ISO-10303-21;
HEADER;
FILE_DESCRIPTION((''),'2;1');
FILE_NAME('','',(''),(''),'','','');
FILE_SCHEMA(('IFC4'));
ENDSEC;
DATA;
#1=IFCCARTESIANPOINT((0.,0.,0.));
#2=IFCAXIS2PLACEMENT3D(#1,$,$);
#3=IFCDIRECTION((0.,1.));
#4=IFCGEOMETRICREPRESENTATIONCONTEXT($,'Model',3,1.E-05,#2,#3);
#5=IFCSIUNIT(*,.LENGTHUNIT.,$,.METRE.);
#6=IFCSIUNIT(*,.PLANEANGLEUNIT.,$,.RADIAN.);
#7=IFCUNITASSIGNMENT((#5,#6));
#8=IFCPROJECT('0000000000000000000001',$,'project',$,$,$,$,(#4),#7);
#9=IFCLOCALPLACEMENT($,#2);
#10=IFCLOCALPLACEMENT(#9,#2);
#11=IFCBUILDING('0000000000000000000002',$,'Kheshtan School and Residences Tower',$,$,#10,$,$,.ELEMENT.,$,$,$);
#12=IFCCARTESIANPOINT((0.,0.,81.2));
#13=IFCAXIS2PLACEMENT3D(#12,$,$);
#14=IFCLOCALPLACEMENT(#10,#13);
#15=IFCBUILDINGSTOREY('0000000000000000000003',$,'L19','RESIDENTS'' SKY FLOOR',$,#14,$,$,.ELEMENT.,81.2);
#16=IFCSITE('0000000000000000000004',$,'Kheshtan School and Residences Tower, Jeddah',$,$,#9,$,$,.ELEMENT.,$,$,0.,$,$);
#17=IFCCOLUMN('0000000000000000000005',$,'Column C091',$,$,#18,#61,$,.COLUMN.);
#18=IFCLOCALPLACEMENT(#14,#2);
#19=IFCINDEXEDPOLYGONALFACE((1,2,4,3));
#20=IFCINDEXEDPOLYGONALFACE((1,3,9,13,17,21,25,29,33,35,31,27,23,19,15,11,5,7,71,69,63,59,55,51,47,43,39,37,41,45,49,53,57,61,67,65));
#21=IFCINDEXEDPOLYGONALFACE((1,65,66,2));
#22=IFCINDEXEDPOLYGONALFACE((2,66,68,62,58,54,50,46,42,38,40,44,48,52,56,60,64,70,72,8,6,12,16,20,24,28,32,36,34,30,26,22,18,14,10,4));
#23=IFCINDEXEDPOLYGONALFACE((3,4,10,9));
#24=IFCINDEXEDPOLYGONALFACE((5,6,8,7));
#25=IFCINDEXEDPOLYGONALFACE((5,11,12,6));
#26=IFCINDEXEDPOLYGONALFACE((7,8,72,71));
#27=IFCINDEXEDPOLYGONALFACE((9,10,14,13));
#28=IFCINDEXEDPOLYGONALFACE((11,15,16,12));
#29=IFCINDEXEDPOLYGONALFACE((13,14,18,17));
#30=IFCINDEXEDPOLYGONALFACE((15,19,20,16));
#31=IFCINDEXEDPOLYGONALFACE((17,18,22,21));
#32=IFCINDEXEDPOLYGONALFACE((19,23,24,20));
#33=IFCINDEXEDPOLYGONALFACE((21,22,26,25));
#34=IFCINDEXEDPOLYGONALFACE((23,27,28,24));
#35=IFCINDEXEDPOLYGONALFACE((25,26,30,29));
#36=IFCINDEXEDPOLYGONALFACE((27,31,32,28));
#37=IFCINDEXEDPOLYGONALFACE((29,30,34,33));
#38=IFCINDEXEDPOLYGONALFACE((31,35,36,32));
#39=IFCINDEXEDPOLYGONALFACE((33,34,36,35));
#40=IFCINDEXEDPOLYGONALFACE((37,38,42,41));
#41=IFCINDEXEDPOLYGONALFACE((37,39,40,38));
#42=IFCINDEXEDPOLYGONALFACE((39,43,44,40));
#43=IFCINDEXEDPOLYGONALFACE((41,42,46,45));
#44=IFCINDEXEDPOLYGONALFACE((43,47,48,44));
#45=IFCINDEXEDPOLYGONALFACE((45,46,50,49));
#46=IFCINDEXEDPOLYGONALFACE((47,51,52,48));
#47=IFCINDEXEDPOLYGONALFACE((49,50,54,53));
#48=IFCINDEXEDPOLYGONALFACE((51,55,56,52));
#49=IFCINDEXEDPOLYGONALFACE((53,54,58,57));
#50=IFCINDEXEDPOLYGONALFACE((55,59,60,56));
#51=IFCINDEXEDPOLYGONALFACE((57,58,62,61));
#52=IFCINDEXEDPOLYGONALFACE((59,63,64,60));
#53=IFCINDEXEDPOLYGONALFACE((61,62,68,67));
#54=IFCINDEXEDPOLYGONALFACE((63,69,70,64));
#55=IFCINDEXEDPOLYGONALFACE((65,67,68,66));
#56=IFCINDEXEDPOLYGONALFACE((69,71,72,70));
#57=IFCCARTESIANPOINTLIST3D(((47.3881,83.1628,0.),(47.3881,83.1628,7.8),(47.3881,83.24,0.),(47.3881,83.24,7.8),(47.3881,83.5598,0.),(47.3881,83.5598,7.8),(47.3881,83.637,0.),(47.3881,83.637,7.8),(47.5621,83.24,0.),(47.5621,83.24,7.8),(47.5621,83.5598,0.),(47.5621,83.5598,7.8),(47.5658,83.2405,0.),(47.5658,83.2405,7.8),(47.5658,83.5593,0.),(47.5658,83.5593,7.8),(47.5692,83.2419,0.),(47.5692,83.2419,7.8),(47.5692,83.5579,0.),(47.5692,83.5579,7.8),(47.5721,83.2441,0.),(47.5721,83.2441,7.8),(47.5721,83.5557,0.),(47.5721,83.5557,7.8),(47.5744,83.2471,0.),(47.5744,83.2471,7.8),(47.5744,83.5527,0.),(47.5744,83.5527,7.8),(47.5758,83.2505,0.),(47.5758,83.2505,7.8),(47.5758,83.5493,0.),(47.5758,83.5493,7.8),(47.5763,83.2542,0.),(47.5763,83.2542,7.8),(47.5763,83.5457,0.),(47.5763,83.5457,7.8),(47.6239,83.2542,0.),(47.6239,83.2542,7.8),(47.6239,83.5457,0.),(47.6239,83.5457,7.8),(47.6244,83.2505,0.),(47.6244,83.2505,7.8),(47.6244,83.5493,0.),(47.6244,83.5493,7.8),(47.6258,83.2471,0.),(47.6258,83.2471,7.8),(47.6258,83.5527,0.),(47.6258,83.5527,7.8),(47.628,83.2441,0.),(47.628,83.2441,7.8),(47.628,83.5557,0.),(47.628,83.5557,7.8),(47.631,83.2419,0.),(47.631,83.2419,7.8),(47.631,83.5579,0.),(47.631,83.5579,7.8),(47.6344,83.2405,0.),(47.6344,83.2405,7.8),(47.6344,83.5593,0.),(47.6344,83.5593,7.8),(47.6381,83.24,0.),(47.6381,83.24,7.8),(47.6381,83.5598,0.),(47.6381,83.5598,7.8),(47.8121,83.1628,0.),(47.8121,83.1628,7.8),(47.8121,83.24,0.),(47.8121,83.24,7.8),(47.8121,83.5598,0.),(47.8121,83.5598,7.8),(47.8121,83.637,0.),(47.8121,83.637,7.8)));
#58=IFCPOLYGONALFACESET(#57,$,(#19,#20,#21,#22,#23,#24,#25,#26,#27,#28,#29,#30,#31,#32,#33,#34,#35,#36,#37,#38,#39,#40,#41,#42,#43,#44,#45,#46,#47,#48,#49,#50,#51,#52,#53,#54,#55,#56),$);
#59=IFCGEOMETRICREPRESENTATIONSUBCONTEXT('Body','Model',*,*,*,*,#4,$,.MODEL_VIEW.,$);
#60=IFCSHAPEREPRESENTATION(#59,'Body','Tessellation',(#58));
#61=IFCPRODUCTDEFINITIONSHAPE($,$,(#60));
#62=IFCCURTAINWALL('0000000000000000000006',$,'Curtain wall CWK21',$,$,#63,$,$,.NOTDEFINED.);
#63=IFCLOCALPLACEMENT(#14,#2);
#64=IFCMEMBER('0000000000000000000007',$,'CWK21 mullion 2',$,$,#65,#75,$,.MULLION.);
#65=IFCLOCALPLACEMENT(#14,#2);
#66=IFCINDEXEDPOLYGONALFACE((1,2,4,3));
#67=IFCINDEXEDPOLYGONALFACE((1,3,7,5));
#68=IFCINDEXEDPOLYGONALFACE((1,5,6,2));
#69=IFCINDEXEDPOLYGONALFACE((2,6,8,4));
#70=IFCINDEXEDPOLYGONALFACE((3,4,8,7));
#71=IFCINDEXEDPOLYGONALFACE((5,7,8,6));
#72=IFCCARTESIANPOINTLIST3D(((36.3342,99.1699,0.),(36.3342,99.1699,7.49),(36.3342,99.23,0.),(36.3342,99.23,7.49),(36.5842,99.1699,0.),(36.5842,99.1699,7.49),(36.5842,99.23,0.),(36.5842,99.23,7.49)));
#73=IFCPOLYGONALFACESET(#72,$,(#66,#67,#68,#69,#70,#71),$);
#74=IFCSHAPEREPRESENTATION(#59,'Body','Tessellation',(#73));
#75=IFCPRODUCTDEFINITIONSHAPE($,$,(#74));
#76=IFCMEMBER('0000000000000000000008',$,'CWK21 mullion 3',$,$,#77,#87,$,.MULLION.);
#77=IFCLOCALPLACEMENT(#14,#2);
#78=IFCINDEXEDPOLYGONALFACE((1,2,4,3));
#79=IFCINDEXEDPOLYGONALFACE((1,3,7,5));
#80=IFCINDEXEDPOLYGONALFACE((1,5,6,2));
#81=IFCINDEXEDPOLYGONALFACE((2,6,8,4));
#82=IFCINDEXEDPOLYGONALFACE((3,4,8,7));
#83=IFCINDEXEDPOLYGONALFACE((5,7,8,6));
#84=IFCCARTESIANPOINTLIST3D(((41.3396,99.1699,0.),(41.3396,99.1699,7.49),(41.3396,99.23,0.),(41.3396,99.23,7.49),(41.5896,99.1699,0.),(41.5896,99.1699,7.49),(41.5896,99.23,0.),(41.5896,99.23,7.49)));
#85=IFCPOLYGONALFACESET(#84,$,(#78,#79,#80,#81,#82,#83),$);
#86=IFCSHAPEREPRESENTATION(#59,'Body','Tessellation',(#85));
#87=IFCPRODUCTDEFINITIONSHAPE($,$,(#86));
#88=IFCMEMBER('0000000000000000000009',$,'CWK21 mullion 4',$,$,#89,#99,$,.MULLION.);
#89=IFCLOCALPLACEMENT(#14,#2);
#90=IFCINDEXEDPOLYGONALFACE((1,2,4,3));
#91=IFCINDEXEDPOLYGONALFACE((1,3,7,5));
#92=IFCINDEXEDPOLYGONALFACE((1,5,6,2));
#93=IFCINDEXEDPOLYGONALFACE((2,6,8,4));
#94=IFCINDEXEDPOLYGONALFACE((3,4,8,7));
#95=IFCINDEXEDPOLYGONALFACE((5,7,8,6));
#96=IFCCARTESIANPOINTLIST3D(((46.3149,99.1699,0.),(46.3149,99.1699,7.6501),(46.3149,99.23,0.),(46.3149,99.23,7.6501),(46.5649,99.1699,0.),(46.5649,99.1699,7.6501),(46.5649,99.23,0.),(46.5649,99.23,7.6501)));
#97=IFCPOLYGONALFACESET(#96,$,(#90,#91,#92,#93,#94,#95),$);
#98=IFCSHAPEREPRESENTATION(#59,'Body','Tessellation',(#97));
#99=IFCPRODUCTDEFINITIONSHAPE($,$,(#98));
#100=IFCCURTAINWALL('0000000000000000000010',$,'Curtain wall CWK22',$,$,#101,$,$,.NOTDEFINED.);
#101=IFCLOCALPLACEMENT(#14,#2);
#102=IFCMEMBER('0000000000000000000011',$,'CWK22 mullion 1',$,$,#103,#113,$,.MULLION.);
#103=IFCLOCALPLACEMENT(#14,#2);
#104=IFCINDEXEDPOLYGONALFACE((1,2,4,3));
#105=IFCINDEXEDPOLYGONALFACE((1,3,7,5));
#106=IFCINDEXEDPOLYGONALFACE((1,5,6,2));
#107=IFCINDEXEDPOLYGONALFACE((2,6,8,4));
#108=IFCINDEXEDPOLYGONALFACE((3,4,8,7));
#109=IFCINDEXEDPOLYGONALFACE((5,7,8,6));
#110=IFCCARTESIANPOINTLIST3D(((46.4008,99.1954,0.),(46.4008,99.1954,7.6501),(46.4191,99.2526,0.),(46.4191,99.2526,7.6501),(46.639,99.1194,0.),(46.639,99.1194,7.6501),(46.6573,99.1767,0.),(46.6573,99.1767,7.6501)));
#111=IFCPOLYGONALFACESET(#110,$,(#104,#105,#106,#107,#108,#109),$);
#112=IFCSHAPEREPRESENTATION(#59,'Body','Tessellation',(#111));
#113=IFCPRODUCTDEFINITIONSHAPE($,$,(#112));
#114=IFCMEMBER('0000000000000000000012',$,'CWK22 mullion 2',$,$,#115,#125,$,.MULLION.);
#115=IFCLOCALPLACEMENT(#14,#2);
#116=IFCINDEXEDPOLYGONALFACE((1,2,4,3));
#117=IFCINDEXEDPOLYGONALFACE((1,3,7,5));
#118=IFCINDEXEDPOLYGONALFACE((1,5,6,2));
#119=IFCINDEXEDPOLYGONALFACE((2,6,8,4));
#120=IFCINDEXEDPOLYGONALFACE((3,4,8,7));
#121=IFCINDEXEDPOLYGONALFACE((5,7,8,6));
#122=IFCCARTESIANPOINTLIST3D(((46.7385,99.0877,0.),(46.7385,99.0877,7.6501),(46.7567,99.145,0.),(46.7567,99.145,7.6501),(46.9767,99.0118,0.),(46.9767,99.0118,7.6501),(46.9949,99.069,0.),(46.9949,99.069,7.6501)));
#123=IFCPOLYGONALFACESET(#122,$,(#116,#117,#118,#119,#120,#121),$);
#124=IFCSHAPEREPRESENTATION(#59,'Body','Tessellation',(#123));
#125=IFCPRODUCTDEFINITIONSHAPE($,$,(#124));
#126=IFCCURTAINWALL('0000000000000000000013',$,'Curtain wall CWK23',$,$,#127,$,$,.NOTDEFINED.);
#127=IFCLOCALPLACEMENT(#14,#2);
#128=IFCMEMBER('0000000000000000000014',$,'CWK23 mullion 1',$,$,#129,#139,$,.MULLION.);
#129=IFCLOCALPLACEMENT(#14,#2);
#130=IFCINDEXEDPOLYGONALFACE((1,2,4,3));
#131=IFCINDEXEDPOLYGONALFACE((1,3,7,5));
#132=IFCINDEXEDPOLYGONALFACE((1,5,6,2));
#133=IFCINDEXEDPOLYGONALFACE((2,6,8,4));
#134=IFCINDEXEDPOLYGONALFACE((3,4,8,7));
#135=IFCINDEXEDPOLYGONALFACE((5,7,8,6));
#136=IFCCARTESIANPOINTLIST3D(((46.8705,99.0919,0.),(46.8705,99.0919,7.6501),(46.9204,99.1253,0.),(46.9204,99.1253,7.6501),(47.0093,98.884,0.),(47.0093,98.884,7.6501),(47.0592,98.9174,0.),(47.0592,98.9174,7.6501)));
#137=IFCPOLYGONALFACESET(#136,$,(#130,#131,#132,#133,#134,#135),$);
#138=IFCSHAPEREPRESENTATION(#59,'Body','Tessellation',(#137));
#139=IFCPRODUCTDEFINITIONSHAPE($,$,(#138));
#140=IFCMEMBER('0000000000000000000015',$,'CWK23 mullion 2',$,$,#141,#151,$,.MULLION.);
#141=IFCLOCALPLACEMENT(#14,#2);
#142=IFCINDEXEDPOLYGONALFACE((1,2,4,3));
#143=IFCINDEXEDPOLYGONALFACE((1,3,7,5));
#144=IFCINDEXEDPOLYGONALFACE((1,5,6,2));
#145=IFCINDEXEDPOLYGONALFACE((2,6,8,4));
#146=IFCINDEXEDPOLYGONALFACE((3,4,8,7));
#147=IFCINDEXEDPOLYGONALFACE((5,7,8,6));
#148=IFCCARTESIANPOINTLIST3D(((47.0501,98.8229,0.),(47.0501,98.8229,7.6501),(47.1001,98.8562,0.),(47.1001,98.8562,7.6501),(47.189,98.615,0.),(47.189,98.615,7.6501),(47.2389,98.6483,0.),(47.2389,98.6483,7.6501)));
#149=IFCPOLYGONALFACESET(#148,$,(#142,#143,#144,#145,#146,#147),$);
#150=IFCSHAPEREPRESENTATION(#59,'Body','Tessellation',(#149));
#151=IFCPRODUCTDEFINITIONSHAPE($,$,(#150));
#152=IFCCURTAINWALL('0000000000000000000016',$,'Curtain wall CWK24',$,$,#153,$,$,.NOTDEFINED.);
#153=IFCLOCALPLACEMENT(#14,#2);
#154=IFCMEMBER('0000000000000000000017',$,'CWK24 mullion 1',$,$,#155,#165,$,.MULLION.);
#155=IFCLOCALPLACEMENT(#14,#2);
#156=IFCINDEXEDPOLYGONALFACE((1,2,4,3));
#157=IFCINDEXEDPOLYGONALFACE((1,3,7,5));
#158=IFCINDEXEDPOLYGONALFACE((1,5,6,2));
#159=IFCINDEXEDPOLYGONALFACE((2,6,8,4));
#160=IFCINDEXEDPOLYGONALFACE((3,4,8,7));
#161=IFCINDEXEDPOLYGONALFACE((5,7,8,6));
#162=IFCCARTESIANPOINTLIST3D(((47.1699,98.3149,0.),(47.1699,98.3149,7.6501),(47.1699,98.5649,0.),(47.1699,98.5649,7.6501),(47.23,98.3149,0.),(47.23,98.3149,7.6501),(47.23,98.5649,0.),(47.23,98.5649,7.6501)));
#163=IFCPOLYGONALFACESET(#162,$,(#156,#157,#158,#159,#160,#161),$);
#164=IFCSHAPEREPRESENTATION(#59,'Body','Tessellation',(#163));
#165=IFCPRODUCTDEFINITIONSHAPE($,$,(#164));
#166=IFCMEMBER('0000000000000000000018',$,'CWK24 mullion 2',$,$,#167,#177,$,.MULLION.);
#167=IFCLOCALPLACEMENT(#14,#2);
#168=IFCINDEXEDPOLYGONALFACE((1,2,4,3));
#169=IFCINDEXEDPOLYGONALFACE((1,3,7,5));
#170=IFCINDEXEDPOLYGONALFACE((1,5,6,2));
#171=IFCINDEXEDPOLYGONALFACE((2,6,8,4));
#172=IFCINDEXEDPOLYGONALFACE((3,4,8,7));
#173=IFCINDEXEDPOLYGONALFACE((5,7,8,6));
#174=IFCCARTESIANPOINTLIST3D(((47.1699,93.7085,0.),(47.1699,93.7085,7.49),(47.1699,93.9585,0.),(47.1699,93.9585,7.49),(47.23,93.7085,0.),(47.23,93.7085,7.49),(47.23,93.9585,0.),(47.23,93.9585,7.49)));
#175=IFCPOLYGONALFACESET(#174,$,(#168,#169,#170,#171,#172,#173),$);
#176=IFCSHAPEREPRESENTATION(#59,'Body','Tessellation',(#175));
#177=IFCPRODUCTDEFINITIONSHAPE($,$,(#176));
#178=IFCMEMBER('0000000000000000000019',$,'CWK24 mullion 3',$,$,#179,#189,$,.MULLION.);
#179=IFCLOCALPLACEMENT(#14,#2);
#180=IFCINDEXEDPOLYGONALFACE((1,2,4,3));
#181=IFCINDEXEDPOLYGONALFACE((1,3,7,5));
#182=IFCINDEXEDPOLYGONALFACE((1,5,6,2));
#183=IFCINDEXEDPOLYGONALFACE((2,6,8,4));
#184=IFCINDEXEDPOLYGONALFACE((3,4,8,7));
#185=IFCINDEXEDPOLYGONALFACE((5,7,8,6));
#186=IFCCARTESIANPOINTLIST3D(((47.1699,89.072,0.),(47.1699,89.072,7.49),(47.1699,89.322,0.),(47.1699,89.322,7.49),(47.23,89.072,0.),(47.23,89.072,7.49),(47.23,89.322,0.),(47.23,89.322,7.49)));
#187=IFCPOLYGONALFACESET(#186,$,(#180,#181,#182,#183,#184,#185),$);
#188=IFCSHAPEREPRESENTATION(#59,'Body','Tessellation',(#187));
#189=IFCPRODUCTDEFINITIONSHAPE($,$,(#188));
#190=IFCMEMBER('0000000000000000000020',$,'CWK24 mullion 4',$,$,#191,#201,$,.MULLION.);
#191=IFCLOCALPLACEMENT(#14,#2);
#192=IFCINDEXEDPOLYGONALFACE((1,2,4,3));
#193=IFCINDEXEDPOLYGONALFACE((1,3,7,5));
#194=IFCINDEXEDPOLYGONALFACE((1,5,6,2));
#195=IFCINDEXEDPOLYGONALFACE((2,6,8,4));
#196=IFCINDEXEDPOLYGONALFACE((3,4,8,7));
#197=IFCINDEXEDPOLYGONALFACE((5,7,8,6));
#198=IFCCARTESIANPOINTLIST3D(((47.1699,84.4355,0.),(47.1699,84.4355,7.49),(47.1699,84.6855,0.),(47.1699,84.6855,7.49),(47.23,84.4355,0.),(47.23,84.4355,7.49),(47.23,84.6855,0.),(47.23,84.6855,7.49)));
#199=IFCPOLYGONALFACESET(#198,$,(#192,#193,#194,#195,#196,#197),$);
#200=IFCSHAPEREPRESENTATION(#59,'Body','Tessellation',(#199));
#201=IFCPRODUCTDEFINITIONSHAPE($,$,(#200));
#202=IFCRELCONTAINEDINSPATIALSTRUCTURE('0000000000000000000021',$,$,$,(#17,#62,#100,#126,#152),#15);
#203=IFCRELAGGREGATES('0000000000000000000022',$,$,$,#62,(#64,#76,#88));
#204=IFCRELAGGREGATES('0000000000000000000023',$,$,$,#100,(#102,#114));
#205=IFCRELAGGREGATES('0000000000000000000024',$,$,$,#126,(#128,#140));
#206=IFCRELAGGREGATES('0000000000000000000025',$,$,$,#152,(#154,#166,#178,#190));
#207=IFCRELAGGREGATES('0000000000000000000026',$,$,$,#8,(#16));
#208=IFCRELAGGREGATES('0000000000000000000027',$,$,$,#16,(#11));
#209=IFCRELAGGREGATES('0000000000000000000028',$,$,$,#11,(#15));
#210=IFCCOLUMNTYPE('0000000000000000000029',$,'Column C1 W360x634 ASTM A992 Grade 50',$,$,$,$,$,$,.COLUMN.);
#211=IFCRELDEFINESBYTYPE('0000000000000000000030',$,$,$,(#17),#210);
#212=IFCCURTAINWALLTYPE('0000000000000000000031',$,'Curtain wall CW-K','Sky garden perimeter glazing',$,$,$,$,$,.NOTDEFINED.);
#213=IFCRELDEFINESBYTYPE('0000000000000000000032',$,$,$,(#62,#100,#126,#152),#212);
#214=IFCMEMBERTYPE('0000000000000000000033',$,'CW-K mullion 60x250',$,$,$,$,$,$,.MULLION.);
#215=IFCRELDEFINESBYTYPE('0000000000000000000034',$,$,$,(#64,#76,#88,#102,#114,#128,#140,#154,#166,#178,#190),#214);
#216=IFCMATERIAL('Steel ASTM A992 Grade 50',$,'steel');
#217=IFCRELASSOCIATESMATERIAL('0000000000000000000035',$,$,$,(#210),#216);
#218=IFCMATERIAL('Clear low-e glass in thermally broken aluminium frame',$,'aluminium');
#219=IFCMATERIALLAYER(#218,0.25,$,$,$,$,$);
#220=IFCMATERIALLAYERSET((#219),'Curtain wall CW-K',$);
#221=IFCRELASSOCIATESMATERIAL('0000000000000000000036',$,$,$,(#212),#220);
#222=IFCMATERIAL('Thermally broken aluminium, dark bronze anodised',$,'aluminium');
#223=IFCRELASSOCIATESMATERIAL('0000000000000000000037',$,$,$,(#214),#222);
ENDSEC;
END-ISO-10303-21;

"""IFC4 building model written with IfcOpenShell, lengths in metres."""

from ifc_helpers import new_model, si_unit, direction, frame, origin, origin_2d, place, context, subcontext, project, spatial, rectangle, i_section, extrude, material, layer, layer_set, material_profile, profile_set, type_object, element, aggregate, save


model = new_model("IFC4")

# Units and contexts
model_context = context("Model", 3, precision=1e-05, world=origin(), true_north=direction((0.0, 1.0)))
body_context = subcontext(model_context, "Body", "Model", "MODEL_VIEW")
ifc_project = project(units=[si_unit("LENGTHUNIT", "METRE"), si_unit("PLANEANGLEUNIT", "RADIAN")], contexts=[model_context])

# Site, building, storey
site_placement = place(None, origin())
site = spatial("IfcSite", under=ifc_project, at=site_placement, Name="Kheshtan School and Residences Tower, Jeddah", CompositionType="ELEMENT", RefElevation=0.0)
building_placement = place(site_placement, origin())
building = spatial("IfcBuilding", under=site, at=building_placement, Name="Kheshtan School and Residences Tower", CompositionType="ELEMENT")
storey_placement = place(building_placement, frame((0.0, 0.0, 81.2)))
storey = spatial("IfcBuildingStorey", under=building, at=storey_placement, Name="L19", Description="RESIDENTS' SKY FLOOR", CompositionType="ELEMENT", Elevation=81.2)

# Column
ifc_material_1 = material(Name="Steel ASTM A992 Grade 50", Category="steel")
ifc_material_profile_1 = material_profile(ifc_material_1, i_section(OverallWidth=0.4241, OverallDepth=0.4741, WebThickness=0.0476, FlangeThickness=0.0771, FilletRadius=0.0142, at=origin_2d()), Name="W360x634")
ifc_profile_set_1 = profile_set([ifc_material_profile_1], Name="Steel ASTM A992 Grade 50")
column_type = type_object("IfcColumnType", Name="Column C1 W360x634 ASTM A992 Grade 50", PredefinedType="COLUMN", material=ifc_profile_set_1)
column_placement = place(storey_placement, frame((47.6001, 83.3999, 0.0), z_axis=(0.0, 0.0, 1.0), x_axis=(1.0, 0.0, 0.0)))
element("IfcColumn", 1, at=column_placement, inside=storey, type_object=column_type, Name="Column C091", PredefinedType="COLUMN", context=body_context, shape_type="SweptSolid", body=[
    extrude(i_section(OverallWidth=0.4241, OverallDepth=0.4741, WebThickness=0.0476, FlangeThickness=0.0771, FilletRadius=0.0142, at=origin_2d()), origin(), (0.0, 0.0, 1.0), 7.8),
])

# Curtain walls, members
ifc_material_2 = material(Name="Clear low-e glass in thermally broken aluminium frame", Category="aluminium")
ifc_layer_1 = layer(ifc_material_2, 0.25)
ifc_layer_set_1 = layer_set([ifc_layer_1], Name="Curtain wall CW-K")
curtain_wall_type = type_object("IfcCurtainWallType", Name="Curtain wall CW-K", Description="Sky garden perimeter glazing", PredefinedType="NOTDEFINED", material=ifc_layer_set_1)
curtain_wall_1_placement = place(storey_placement, origin())
curtain_wall_1 = element("IfcCurtainWall", 2, at=curtain_wall_1_placement, inside=storey, type_object=curtain_wall_type, Name="Curtain wall CWK21", PredefinedType="NOTDEFINED")
ifc_material_3 = material(Name="Thermally broken aluminium, dark bronze anodised", Category="aluminium")
ifc_material_profile_2 = material_profile(ifc_material_3, rectangle(XDim=0.0601, YDim=0.25, at=origin_2d()), Name="CW-K mullion 60x250")
ifc_profile_set_2 = profile_set([ifc_material_profile_2], Name="Thermally broken aluminium, dark bronze anodised")
member_type_1 = type_object("IfcMemberType", Name="CW-K mullion 60x250", PredefinedType="MULLION", material=ifc_profile_set_2)
member_1_placement = place(storey_placement, frame((36.4592, 99.2, 0.0), z_axis=(0.0, 0.0, 1.0), x_axis=(0.0, 1.0, 0.0)))
member_1 = element("IfcMember", 3, at=member_1_placement, type_object=member_type_1, Name="CWK21 mullion 2", PredefinedType="MULLION", context=body_context, shape_type="SweptSolid", body=[
    extrude(rectangle(XDim=0.0601, YDim=0.25, at=origin_2d()), origin(), (0.0, 0.0, 1.0), 7.49),
])
member_2_placement = place(storey_placement, frame((41.4646, 99.2, 0.0), z_axis=(0.0, 0.0, 1.0), x_axis=(0.0, 1.0, 0.0)))
member_2 = element("IfcMember", 4, at=member_2_placement, type_object=member_type_1, Name="CWK21 mullion 3", PredefinedType="MULLION", context=body_context, shape_type="SweptSolid", body=[
    extrude(rectangle(XDim=0.0601, YDim=0.25, at=origin_2d()), origin(), (0.0, 0.0, 1.0), 7.49),
])
member_3_placement = place(storey_placement, frame((46.4399, 99.2, 0.0), z_axis=(0.0, 0.0, 1.0), x_axis=(0.0, 1.0, 0.0)))
member_3 = element("IfcMember", 5, at=member_3_placement, type_object=member_type_1, Name="CWK21 mullion 4", PredefinedType="MULLION", context=body_context, shape_type="SweptSolid", body=[
    extrude(rectangle(XDim=0.0601, YDim=0.25, at=origin_2d()), origin(), (0.0, 0.0, 1.0), 7.6501),
])
curtain_wall_2_placement = place(storey_placement, origin())
curtain_wall_2 = element("IfcCurtainWall", 6, at=curtain_wall_2_placement, inside=storey, type_object=curtain_wall_type, Name="Curtain wall CWK22", PredefinedType="NOTDEFINED")
member_4_placement = place(storey_placement, frame((46.5291, 99.186, 0.0), z_axis=(0.0, 0.0, 1.0), x_axis=(0.3039, 0.952704, 0.0)))
member_4 = element("IfcMember", 7, at=member_4_placement, type_object=member_type_1, Name="CWK22 mullion 1", PredefinedType="MULLION", context=body_context, shape_type="SweptSolid", body=[
    extrude(rectangle(XDim=0.0601, YDim=0.25, at=origin_2d()), origin(), (0.0, 0.0, 1.0), 7.6501),
])
member_5_placement = place(storey_placement, frame((46.8667, 99.0784, 0.0), z_axis=(0.0, 0.0, 1.0), x_axis=(0.3039, 0.952704, 0.0)))
member_5 = element("IfcMember", 8, at=member_5_placement, type_object=member_type_1, Name="CWK22 mullion 2", PredefinedType="MULLION", context=body_context, shape_type="SweptSolid", body=[
    extrude(rectangle(XDim=0.0601, YDim=0.25, at=origin_2d()), origin(), (0.0, 0.0, 1.0), 7.6501),
])
curtain_wall_3_placement = place(storey_placement, origin())
curtain_wall_3 = element("IfcCurtainWall", 9, at=curtain_wall_3_placement, inside=storey, type_object=curtain_wall_type, Name="Curtain wall CWK23", PredefinedType="NOTDEFINED")
member_6_placement = place(storey_placement, frame((46.9648, 99.0046, 0.0), z_axis=(0.0, 0.0, 1.0), x_axis=(0.831649, 0.555302, 0.0)))
member_6 = element("IfcMember", 10, at=member_6_placement, type_object=member_type_1, Name="CWK23 mullion 1", PredefinedType="MULLION", context=body_context, shape_type="SweptSolid", body=[
    extrude(rectangle(XDim=0.0601, YDim=0.25, at=origin_2d()), origin(), (0.0, 0.0, 1.0), 7.6501),
])
member_7_placement = place(storey_placement, frame((47.1445, 98.7356, 0.0), z_axis=(0.0, 0.0, 1.0), x_axis=(0.831649, 0.555302, 0.0)))
member_7 = element("IfcMember", 11, at=member_7_placement, type_object=member_type_1, Name="CWK23 mullion 2", PredefinedType="MULLION", context=body_context, shape_type="SweptSolid", body=[
    extrude(rectangle(XDim=0.0601, YDim=0.25, at=origin_2d()), origin(), (0.0, 0.0, 1.0), 7.6501),
])
curtain_wall_4_placement = place(storey_placement, origin())
curtain_wall_4 = element("IfcCurtainWall", 12, at=curtain_wall_4_placement, inside=storey, type_object=curtain_wall_type, Name="Curtain wall CWK24", PredefinedType="NOTDEFINED")
member_8_placement = place(storey_placement, frame((47.2, 98.4399, 0.0), z_axis=(0.0, 0.0, 1.0), x_axis=(1.0, 0.0, 0.0)))
member_8 = element("IfcMember", 13, at=member_8_placement, type_object=member_type_1, Name="CWK24 mullion 1", PredefinedType="MULLION", context=body_context, shape_type="SweptSolid", body=[
    extrude(rectangle(XDim=0.0601, YDim=0.25, at=origin_2d()), origin(), (0.0, 0.0, 1.0), 7.6501),
])
member_9_placement = place(storey_placement, frame((47.2, 93.8335, 0.0), z_axis=(0.0, 0.0, 1.0), x_axis=(1.0, 0.0, 0.0)))
member_9 = element("IfcMember", 14, at=member_9_placement, type_object=member_type_1, Name="CWK24 mullion 2", PredefinedType="MULLION", context=body_context, shape_type="SweptSolid", body=[
    extrude(rectangle(XDim=0.0601, YDim=0.25, at=origin_2d()), origin(), (0.0, 0.0, 1.0), 7.49),
])
member_10_placement = place(storey_placement, frame((47.2, 89.197, 0.0), z_axis=(0.0, 0.0, 1.0), x_axis=(1.0, 0.0, 0.0)))
member_10 = element("IfcMember", 15, at=member_10_placement, type_object=member_type_1, Name="CWK24 mullion 3", PredefinedType="MULLION", context=body_context, shape_type="SweptSolid", body=[
    extrude(rectangle(XDim=0.0601, YDim=0.25, at=origin_2d()), origin(), (0.0, 0.0, 1.0), 7.49),
])
member_11_placement = place(storey_placement, frame((47.2, 84.5605, 0.0), z_axis=(0.0, 0.0, 1.0), x_axis=(1.0, 0.0, 0.0)))
member_11 = element("IfcMember", 16, at=member_11_placement, type_object=member_type_1, Name="CWK24 mullion 4", PredefinedType="MULLION", context=body_context, shape_type="SweptSolid", body=[
    extrude(rectangle(XDim=0.0601, YDim=0.25, at=origin_2d()), origin(), (0.0, 0.0, 1.0), 7.49),
])

aggregate(curtain_wall_1, [member_1, member_2, member_3])
aggregate(curtain_wall_2, [member_4, member_5])
aggregate(curtain_wall_3, [member_6, member_7])
aggregate(curtain_wall_4, [member_8, member_9, member_10, member_11])

save(model, "model.ifc")
